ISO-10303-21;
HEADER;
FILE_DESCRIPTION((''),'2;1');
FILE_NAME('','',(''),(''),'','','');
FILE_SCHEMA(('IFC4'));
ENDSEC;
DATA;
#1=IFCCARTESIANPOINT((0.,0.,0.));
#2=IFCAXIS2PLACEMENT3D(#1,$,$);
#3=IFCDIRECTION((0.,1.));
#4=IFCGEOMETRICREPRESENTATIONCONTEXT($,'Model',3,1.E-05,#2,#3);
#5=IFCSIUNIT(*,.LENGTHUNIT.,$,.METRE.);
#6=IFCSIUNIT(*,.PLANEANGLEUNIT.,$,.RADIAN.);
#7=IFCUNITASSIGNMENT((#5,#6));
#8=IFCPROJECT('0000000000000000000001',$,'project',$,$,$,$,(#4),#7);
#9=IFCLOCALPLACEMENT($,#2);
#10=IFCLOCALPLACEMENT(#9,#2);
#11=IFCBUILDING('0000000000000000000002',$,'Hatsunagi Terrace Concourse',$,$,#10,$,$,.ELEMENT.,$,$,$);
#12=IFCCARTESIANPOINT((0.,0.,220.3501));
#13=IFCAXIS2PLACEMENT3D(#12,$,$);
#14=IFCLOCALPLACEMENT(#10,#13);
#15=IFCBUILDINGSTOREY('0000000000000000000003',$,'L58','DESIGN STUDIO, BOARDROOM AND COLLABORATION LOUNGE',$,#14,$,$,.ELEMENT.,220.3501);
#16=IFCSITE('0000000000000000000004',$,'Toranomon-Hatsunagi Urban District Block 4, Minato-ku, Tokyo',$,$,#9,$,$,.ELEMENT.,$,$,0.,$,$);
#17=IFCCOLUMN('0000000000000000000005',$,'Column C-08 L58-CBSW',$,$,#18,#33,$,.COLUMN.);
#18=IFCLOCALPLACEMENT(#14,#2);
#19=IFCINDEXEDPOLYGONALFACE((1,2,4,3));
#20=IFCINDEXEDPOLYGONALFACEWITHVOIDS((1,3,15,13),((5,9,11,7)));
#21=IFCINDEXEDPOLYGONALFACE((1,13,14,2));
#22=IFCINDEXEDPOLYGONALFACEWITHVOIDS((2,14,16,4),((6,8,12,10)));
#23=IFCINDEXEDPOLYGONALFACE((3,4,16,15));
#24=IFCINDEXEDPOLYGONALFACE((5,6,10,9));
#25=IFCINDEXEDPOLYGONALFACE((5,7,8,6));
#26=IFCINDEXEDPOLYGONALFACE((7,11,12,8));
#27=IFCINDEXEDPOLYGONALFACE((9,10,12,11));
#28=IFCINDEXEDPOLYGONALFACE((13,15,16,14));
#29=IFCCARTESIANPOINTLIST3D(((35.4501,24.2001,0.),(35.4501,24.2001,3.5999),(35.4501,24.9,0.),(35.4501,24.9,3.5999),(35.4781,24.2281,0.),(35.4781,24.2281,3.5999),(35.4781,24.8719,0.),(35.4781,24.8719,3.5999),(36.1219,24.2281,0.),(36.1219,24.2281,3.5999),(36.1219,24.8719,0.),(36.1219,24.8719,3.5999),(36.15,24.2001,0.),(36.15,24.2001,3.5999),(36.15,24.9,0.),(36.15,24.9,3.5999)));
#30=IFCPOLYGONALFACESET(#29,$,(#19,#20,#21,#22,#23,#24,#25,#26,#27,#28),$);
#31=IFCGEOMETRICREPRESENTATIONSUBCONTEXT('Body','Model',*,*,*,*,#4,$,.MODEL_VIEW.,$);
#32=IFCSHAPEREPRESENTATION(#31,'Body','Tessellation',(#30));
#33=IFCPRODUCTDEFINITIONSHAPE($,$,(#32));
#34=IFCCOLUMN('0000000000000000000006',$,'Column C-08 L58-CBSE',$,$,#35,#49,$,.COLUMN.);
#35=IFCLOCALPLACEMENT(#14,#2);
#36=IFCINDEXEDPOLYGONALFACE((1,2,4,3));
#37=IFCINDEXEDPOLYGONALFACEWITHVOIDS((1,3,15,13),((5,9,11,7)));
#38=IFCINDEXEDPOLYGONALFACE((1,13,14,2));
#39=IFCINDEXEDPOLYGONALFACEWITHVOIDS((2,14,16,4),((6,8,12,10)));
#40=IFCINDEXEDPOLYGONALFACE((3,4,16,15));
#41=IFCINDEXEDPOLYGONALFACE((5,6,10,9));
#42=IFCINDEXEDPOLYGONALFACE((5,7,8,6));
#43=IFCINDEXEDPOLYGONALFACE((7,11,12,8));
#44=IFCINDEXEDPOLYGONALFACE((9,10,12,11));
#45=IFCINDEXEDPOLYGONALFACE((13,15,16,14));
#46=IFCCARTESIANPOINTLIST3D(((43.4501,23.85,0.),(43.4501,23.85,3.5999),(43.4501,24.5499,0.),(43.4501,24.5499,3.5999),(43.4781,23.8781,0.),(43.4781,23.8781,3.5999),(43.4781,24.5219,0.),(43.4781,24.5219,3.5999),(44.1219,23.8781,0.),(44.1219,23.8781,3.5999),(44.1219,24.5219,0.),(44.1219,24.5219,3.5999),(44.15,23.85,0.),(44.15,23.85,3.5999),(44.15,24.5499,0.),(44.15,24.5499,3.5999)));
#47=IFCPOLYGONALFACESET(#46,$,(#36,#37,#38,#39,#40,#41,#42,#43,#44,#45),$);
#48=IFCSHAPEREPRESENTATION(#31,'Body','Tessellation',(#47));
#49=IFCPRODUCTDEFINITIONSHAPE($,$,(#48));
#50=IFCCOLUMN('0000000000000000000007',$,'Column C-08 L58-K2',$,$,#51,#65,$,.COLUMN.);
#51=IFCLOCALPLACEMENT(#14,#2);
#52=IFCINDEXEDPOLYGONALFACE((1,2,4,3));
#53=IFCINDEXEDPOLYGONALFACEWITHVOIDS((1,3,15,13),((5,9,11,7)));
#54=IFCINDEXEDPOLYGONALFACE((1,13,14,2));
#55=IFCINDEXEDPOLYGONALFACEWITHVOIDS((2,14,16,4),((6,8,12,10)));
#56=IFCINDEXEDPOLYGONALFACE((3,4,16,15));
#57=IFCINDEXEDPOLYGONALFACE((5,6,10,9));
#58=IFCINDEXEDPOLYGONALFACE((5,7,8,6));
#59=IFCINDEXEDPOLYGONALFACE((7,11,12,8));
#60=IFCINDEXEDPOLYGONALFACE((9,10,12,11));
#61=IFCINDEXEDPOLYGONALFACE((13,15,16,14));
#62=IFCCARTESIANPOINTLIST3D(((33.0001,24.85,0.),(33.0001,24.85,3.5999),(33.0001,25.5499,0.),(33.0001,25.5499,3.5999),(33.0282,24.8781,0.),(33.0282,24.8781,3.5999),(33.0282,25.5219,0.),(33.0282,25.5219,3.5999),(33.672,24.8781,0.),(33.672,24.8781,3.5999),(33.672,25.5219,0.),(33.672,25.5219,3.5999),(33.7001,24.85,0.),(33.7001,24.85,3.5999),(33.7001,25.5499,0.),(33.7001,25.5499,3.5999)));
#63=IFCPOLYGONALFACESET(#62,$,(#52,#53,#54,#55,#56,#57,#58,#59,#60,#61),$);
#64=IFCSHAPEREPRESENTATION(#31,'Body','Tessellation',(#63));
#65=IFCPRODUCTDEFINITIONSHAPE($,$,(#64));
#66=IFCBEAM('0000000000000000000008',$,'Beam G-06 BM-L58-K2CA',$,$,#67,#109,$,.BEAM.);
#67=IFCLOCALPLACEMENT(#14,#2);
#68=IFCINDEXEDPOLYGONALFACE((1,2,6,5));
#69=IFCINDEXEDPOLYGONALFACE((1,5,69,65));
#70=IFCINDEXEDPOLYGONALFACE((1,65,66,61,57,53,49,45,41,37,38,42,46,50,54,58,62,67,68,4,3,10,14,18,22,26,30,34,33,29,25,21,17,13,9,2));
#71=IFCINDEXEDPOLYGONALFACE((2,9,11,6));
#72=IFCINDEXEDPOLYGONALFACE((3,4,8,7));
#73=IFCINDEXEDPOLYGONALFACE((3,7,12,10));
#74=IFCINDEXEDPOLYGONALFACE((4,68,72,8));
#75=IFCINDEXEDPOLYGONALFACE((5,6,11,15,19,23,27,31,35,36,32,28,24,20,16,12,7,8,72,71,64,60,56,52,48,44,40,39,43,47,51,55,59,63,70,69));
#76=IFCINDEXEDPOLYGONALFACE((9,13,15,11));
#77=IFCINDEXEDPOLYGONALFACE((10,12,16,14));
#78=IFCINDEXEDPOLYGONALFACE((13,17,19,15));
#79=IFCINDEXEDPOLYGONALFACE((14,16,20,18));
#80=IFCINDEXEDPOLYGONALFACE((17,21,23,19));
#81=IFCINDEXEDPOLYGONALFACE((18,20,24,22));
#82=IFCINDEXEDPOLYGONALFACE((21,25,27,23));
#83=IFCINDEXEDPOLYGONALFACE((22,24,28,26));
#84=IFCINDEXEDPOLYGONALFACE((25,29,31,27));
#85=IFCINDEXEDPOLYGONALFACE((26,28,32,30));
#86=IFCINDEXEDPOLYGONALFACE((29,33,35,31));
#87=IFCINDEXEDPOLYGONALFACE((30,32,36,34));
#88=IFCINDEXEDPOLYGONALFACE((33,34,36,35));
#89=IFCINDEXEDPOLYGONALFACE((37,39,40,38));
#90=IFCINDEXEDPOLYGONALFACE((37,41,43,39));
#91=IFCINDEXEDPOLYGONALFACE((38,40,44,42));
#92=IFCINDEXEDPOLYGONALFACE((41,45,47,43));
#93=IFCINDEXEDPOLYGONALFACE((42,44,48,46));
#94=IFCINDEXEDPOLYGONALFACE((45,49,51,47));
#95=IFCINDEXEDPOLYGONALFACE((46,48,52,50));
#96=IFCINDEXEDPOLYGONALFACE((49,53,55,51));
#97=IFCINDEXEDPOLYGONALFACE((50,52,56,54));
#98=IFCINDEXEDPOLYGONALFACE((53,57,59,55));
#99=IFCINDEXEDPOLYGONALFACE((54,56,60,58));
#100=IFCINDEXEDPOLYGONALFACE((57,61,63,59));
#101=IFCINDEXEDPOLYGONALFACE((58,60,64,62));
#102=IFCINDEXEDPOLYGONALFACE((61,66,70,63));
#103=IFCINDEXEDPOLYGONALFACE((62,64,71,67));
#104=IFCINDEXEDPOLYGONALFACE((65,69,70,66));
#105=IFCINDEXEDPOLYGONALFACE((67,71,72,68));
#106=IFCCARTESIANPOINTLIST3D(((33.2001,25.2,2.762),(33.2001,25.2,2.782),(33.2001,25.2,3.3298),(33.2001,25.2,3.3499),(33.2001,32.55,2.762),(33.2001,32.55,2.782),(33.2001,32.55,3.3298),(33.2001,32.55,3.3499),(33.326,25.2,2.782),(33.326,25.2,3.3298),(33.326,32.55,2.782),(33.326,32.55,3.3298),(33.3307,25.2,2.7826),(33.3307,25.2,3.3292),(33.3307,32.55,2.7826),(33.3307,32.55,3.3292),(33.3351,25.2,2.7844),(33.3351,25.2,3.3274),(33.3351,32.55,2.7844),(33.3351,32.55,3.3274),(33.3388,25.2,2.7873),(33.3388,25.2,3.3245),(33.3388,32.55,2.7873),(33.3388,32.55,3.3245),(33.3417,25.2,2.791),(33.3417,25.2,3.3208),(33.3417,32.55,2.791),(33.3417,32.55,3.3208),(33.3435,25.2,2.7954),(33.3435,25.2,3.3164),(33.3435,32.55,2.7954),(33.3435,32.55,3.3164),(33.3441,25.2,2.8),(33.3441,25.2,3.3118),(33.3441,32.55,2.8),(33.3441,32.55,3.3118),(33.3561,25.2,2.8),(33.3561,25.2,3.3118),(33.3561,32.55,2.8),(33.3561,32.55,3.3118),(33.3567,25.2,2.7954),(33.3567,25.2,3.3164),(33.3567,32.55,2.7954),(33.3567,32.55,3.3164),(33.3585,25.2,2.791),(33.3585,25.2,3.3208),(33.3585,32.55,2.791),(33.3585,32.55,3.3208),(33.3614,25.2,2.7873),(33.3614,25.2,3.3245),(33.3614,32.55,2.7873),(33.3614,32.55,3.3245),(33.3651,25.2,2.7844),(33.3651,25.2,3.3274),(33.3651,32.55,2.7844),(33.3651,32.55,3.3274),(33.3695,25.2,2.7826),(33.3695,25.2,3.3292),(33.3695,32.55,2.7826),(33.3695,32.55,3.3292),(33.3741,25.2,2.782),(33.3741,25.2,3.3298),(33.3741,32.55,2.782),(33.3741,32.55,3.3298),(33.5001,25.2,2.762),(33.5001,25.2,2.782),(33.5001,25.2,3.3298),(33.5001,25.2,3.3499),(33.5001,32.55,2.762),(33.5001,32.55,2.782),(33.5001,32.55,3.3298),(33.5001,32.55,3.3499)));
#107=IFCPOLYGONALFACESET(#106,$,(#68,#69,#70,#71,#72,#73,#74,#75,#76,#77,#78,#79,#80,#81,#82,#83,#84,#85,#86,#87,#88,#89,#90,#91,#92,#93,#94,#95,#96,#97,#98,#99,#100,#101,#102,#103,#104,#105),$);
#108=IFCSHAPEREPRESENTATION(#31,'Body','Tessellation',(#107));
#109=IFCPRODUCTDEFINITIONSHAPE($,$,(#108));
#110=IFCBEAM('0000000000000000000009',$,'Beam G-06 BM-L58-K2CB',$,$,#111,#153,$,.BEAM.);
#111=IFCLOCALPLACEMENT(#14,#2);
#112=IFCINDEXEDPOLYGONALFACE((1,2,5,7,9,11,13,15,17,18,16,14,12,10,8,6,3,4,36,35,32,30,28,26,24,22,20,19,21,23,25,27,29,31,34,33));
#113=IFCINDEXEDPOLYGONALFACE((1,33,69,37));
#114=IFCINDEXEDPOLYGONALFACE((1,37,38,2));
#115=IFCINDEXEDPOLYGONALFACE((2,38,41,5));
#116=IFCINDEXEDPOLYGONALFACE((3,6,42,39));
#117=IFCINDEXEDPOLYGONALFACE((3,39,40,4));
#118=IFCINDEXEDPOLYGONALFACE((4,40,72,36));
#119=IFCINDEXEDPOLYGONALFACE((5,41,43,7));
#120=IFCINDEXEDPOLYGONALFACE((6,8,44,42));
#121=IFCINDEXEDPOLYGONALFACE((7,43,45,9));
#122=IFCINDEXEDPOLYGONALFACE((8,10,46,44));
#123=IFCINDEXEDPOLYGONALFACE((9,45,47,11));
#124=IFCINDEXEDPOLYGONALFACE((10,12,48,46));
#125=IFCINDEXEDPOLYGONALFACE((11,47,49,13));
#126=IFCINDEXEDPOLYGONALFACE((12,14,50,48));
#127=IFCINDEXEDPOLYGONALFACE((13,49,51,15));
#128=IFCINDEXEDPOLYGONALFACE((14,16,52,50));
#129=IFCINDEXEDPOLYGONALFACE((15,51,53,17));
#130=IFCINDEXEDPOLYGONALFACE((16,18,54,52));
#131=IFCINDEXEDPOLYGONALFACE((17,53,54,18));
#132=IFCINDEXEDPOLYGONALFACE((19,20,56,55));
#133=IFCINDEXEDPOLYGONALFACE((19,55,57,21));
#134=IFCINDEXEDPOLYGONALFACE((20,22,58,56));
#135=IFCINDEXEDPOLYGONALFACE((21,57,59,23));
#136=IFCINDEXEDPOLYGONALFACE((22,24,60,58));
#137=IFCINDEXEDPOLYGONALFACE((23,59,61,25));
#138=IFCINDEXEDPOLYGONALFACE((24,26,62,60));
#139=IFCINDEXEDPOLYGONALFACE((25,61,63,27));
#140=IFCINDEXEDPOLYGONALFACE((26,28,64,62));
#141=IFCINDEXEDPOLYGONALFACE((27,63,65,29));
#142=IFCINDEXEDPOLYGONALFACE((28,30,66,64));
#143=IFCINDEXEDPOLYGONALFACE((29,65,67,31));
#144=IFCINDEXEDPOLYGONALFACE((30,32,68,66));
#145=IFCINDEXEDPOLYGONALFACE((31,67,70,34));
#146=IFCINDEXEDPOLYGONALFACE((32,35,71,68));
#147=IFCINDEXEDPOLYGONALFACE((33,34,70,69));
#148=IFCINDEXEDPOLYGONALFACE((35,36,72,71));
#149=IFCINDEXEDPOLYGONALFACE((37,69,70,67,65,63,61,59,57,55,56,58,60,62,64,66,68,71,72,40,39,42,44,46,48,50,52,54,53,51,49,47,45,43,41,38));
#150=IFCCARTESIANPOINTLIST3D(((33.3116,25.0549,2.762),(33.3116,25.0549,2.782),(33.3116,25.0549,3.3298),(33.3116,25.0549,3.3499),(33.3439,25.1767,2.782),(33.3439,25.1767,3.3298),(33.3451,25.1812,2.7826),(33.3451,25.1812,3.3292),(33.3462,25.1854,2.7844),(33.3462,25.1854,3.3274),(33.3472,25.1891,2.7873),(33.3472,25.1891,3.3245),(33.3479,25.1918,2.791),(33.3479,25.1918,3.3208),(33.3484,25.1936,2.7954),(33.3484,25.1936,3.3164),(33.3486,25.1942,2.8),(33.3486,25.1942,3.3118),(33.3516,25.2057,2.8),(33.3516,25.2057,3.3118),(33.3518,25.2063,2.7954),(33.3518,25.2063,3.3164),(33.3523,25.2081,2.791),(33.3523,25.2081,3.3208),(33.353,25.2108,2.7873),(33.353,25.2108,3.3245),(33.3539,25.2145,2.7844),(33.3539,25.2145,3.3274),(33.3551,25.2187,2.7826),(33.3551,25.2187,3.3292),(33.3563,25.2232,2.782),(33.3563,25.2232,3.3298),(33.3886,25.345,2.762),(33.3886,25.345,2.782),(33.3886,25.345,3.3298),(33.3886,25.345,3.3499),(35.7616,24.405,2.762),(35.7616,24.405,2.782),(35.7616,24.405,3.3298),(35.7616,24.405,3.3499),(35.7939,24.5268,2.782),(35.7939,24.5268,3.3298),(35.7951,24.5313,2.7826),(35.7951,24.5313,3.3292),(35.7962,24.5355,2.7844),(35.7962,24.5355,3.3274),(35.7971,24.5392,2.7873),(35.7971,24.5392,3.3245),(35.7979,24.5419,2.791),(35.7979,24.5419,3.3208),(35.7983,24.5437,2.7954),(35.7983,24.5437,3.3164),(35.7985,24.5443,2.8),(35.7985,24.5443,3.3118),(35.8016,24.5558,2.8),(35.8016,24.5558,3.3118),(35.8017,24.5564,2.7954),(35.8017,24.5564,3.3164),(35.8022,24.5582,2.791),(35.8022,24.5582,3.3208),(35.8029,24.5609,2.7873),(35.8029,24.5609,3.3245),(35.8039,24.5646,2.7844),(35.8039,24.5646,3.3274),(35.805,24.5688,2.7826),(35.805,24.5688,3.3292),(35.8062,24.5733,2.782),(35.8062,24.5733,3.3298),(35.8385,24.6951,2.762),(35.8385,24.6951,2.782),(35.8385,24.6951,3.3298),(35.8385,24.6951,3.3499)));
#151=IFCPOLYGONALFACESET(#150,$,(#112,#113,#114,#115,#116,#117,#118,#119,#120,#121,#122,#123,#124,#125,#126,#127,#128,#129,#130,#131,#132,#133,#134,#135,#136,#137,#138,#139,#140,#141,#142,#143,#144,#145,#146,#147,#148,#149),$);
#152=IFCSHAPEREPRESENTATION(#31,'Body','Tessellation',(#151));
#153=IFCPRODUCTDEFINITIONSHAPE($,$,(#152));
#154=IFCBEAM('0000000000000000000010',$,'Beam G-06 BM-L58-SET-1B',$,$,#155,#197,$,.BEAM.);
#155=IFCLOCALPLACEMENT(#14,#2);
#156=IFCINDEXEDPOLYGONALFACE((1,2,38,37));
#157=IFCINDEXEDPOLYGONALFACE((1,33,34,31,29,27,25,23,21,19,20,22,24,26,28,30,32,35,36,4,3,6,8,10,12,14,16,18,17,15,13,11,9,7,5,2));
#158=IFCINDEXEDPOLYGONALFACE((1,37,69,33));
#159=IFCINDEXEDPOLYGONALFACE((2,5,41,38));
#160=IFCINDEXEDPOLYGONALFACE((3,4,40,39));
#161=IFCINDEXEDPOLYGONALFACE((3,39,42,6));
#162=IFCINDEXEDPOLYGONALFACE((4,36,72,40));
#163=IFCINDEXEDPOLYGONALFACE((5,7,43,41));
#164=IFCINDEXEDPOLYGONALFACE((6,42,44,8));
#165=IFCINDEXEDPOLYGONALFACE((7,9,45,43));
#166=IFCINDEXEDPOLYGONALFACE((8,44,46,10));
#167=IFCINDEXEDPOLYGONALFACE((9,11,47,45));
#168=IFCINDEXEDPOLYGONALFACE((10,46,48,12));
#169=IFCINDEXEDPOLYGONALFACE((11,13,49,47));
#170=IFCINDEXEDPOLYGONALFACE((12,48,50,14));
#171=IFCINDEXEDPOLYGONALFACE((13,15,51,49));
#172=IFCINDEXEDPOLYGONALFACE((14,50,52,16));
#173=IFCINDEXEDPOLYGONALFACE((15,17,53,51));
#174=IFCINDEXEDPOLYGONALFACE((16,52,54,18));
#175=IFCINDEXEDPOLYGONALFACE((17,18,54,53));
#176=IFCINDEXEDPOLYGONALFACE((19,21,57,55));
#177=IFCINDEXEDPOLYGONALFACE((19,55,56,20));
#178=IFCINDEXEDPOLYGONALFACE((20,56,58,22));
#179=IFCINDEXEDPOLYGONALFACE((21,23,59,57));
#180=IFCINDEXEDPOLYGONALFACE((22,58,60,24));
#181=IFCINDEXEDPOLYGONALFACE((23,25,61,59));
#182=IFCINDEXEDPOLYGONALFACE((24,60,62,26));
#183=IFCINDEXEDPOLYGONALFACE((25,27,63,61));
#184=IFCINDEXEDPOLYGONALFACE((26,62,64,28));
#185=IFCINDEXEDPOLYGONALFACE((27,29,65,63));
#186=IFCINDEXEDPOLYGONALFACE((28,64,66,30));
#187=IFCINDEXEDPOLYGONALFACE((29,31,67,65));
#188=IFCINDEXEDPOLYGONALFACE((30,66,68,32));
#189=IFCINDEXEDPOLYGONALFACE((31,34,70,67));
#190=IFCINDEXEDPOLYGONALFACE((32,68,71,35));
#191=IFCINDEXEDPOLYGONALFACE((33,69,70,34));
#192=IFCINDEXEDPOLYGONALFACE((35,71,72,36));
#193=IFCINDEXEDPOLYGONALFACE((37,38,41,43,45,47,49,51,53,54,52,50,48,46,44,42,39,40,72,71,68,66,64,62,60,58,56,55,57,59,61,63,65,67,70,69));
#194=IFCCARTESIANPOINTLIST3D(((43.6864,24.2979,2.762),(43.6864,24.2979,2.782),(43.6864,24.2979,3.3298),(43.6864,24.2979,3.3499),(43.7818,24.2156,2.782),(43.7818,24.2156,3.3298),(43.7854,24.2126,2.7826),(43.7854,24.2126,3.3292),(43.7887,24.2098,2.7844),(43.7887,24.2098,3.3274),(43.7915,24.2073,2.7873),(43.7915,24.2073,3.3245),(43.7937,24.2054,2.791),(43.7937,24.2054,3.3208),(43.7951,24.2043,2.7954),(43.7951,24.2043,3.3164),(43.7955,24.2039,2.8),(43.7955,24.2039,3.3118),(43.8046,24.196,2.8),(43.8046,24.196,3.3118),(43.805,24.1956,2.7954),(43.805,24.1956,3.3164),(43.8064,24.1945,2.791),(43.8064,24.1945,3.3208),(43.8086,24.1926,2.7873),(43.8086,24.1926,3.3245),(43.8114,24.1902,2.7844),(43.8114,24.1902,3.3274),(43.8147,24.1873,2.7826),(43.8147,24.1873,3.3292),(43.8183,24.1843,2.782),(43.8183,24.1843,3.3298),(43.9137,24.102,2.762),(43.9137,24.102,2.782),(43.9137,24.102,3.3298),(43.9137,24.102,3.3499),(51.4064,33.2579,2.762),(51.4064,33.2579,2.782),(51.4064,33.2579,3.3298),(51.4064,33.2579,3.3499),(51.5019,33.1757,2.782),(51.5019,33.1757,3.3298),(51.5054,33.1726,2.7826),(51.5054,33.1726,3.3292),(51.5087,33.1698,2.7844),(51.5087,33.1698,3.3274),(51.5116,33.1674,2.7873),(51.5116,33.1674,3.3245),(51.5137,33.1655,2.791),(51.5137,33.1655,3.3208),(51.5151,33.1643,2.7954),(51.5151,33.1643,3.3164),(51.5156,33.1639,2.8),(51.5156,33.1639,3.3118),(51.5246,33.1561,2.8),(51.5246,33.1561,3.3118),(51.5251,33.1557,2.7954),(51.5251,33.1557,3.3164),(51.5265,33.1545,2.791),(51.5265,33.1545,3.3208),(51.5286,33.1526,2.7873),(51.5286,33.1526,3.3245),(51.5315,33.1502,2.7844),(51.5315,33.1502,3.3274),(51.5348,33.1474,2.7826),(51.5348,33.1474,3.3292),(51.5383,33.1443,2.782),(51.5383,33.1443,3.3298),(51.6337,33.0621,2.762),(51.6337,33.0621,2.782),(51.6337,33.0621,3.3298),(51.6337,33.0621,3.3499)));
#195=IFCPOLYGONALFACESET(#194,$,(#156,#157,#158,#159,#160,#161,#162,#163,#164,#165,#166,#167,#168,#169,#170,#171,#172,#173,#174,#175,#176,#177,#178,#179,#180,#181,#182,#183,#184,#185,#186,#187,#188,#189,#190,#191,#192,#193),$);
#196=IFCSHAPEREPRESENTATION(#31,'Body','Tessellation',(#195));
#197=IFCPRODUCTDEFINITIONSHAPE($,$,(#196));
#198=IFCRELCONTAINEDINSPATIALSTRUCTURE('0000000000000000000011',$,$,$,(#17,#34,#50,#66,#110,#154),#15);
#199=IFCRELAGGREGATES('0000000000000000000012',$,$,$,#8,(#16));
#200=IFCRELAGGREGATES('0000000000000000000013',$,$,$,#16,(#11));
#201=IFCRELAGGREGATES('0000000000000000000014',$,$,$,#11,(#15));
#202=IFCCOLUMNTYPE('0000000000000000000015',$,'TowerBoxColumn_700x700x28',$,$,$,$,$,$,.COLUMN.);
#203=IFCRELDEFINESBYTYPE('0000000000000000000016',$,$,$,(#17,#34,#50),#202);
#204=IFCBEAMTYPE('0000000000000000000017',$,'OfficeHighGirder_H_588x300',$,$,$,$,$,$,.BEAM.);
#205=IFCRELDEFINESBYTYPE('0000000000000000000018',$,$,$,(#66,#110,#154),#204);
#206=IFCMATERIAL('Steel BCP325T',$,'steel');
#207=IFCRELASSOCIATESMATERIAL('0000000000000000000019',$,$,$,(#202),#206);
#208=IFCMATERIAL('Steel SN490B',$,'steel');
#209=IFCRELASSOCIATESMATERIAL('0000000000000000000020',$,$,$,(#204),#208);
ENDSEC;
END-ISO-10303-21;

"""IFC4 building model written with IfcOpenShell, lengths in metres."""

from ifc_helpers import new_model, si_unit, direction, frame, origin, origin_2d, place, context, subcontext, project, spatial, hollow_rectangle, i_section, extrude, material, material_profile, profile_set, type_object, element, save


model = new_model("IFC4")

# Units and contexts
model_context = context("Model", 3, precision=1e-05, world=origin(), true_north=direction((0.0, 1.0)))
body_context = subcontext(model_context, "Body", "Model", "MODEL_VIEW")
ifc_project = project(units=[si_unit("LENGTHUNIT", "METRE"), si_unit("PLANEANGLEUNIT", "RADIAN")], contexts=[model_context])

# Site, building, storey
site_placement = place(None, origin())
site = spatial("IfcSite", under=ifc_project, at=site_placement, Name="Toranomon-Hatsunagi Urban District Block 4, Minato-ku, Tokyo", CompositionType="ELEMENT", RefElevation=0.0)
building_placement = place(site_placement, origin())
building = spatial("IfcBuilding", under=site, at=building_placement, Name="Hatsunagi Terrace Concourse", CompositionType="ELEMENT")
storey_placement = place(building_placement, frame((0.0, 0.0, 220.3501)))
storey = spatial("IfcBuildingStorey", under=building, at=storey_placement, Name="L58", Description="DESIGN STUDIO, BOARDROOM AND COLLABORATION LOUNGE", CompositionType="ELEMENT", Elevation=220.3501)

# Columns
ifc_material_1 = material(Name="Steel BCP325T", Category="steel")
ifc_material_profile_1 = material_profile(ifc_material_1, hollow_rectangle(XDim=0.7, YDim=0.7, WallThickness=0.0281, at=origin_2d()), Name="BCP-700x700x28")
ifc_profile_set_1 = profile_set([ifc_material_profile_1], Name="Steel BCP325T")
column_type = type_object("IfcColumnType", Name="TowerBoxColumn_700x700x28", PredefinedType="COLUMN", material=ifc_profile_set_1)
for number, where, z_axis, x_axis, name in (
    (1, (35.8, 24.55, 0.0), (0.0, 0.0, 1.0), (1.0, 0.0, 0.0), "Column C-08 L58-CBSW"),
    (2, (43.8, 24.2, 0.0), (0.0, 0.0, 1.0), (1.0, 0.0, 0.0), "Column C-08 L58-CBSE"),
    (3, (33.3501, 25.2, 0.0), (0.0, 0.0, 1.0), (1.0, 0.0, 0.0), "Column C-08 L58-K2"),
):
    element("IfcColumn", number, at=place(storey_placement, frame(where, z_axis=z_axis, x_axis=x_axis)), inside=storey, type_object=column_type, Name=name, PredefinedType="COLUMN", context=body_context, shape_type="SweptSolid", body=[
        extrude(hollow_rectangle(XDim=0.7, YDim=0.7, WallThickness=0.0281, at=origin_2d()), origin(), (0.0, 0.0, 1.0), 3.5999),
    ])

# Beams
ifc_material_2 = material(Name="Steel SN490B", Category="steel")
ifc_material_profile_2 = material_profile(ifc_material_2, i_section(OverallWidth=0.3, OverallDepth=0.5879, WebThickness=0.012, FlangeThickness=0.02, FilletRadius=0.0181, at=origin_2d()), Name="H-588x300x12x20")
ifc_profile_set_2 = profile_set([ifc_material_profile_2], Name="Steel SN490B")
beam_type_1 = type_object("IfcBeamType", Name="OfficeHighGirder_H_588x300", PredefinedType="BEAM", material=ifc_profile_set_2)
beam_1_placement = place(storey_placement, frame((33.3501, 25.2, 3.0559), z_axis=(0.0, 1.0, 0.0), x_axis=(-1.0, 0.0, 0.0)))
element("IfcBeam", 4, at=beam_1_placement, inside=storey, type_object=beam_type_1, Name="Beam G-06 BM-L58-K2CA", PredefinedType="BEAM", context=body_context, shape_type="SweptSolid", body=[
    extrude(i_section(OverallWidth=0.3, OverallDepth=0.5879, WebThickness=0.012, FlangeThickness=0.02, FilletRadius=0.0181, at=origin_2d()), origin(), (0.0, 0.0, 1.0), 7.3501),
])
beam_2_placement = place(storey_placement, frame((33.3501, 25.2, 3.0559), z_axis=(0.96657, -0.256403, 0.0), x_axis=(0.256403, 0.96657, 0.0)))
element("IfcBeam", 5, at=beam_2_placement, inside=storey, type_object=beam_type_1, Name="Beam G-06 BM-L58-K2CB", PredefinedType="BEAM", context=body_context, shape_type="SweptSolid", body=[
    extrude(i_section(OverallWidth=0.3, OverallDepth=0.5879, WebThickness=0.012, FlangeThickness=0.02, FilletRadius=0.0181, at=origin_2d()), origin(), (0.0, 0.0, 1.0), 2.5347),
])
beam_3_placement = place(storey_placement, frame((43.8, 24.2, 3.0559), z_axis=(0.652739, 0.757583, 0.0), x_axis=(-0.757583, 0.652739, 0.0)))
element("IfcBeam", 6, at=beam_3_placement, inside=storey, type_object=beam_type_1, Name="Beam G-06 BM-L58-SET-1B", PredefinedType="BEAM", context=body_context, shape_type="SweptSolid", body=[
    extrude(i_section(OverallWidth=0.3, OverallDepth=0.5879, WebThickness=0.012, FlangeThickness=0.02, FilletRadius=0.0181, at=origin_2d()), origin(), (0.0, 0.0, 1.0), 11.8271),
])

save(model, "model.ifc")
